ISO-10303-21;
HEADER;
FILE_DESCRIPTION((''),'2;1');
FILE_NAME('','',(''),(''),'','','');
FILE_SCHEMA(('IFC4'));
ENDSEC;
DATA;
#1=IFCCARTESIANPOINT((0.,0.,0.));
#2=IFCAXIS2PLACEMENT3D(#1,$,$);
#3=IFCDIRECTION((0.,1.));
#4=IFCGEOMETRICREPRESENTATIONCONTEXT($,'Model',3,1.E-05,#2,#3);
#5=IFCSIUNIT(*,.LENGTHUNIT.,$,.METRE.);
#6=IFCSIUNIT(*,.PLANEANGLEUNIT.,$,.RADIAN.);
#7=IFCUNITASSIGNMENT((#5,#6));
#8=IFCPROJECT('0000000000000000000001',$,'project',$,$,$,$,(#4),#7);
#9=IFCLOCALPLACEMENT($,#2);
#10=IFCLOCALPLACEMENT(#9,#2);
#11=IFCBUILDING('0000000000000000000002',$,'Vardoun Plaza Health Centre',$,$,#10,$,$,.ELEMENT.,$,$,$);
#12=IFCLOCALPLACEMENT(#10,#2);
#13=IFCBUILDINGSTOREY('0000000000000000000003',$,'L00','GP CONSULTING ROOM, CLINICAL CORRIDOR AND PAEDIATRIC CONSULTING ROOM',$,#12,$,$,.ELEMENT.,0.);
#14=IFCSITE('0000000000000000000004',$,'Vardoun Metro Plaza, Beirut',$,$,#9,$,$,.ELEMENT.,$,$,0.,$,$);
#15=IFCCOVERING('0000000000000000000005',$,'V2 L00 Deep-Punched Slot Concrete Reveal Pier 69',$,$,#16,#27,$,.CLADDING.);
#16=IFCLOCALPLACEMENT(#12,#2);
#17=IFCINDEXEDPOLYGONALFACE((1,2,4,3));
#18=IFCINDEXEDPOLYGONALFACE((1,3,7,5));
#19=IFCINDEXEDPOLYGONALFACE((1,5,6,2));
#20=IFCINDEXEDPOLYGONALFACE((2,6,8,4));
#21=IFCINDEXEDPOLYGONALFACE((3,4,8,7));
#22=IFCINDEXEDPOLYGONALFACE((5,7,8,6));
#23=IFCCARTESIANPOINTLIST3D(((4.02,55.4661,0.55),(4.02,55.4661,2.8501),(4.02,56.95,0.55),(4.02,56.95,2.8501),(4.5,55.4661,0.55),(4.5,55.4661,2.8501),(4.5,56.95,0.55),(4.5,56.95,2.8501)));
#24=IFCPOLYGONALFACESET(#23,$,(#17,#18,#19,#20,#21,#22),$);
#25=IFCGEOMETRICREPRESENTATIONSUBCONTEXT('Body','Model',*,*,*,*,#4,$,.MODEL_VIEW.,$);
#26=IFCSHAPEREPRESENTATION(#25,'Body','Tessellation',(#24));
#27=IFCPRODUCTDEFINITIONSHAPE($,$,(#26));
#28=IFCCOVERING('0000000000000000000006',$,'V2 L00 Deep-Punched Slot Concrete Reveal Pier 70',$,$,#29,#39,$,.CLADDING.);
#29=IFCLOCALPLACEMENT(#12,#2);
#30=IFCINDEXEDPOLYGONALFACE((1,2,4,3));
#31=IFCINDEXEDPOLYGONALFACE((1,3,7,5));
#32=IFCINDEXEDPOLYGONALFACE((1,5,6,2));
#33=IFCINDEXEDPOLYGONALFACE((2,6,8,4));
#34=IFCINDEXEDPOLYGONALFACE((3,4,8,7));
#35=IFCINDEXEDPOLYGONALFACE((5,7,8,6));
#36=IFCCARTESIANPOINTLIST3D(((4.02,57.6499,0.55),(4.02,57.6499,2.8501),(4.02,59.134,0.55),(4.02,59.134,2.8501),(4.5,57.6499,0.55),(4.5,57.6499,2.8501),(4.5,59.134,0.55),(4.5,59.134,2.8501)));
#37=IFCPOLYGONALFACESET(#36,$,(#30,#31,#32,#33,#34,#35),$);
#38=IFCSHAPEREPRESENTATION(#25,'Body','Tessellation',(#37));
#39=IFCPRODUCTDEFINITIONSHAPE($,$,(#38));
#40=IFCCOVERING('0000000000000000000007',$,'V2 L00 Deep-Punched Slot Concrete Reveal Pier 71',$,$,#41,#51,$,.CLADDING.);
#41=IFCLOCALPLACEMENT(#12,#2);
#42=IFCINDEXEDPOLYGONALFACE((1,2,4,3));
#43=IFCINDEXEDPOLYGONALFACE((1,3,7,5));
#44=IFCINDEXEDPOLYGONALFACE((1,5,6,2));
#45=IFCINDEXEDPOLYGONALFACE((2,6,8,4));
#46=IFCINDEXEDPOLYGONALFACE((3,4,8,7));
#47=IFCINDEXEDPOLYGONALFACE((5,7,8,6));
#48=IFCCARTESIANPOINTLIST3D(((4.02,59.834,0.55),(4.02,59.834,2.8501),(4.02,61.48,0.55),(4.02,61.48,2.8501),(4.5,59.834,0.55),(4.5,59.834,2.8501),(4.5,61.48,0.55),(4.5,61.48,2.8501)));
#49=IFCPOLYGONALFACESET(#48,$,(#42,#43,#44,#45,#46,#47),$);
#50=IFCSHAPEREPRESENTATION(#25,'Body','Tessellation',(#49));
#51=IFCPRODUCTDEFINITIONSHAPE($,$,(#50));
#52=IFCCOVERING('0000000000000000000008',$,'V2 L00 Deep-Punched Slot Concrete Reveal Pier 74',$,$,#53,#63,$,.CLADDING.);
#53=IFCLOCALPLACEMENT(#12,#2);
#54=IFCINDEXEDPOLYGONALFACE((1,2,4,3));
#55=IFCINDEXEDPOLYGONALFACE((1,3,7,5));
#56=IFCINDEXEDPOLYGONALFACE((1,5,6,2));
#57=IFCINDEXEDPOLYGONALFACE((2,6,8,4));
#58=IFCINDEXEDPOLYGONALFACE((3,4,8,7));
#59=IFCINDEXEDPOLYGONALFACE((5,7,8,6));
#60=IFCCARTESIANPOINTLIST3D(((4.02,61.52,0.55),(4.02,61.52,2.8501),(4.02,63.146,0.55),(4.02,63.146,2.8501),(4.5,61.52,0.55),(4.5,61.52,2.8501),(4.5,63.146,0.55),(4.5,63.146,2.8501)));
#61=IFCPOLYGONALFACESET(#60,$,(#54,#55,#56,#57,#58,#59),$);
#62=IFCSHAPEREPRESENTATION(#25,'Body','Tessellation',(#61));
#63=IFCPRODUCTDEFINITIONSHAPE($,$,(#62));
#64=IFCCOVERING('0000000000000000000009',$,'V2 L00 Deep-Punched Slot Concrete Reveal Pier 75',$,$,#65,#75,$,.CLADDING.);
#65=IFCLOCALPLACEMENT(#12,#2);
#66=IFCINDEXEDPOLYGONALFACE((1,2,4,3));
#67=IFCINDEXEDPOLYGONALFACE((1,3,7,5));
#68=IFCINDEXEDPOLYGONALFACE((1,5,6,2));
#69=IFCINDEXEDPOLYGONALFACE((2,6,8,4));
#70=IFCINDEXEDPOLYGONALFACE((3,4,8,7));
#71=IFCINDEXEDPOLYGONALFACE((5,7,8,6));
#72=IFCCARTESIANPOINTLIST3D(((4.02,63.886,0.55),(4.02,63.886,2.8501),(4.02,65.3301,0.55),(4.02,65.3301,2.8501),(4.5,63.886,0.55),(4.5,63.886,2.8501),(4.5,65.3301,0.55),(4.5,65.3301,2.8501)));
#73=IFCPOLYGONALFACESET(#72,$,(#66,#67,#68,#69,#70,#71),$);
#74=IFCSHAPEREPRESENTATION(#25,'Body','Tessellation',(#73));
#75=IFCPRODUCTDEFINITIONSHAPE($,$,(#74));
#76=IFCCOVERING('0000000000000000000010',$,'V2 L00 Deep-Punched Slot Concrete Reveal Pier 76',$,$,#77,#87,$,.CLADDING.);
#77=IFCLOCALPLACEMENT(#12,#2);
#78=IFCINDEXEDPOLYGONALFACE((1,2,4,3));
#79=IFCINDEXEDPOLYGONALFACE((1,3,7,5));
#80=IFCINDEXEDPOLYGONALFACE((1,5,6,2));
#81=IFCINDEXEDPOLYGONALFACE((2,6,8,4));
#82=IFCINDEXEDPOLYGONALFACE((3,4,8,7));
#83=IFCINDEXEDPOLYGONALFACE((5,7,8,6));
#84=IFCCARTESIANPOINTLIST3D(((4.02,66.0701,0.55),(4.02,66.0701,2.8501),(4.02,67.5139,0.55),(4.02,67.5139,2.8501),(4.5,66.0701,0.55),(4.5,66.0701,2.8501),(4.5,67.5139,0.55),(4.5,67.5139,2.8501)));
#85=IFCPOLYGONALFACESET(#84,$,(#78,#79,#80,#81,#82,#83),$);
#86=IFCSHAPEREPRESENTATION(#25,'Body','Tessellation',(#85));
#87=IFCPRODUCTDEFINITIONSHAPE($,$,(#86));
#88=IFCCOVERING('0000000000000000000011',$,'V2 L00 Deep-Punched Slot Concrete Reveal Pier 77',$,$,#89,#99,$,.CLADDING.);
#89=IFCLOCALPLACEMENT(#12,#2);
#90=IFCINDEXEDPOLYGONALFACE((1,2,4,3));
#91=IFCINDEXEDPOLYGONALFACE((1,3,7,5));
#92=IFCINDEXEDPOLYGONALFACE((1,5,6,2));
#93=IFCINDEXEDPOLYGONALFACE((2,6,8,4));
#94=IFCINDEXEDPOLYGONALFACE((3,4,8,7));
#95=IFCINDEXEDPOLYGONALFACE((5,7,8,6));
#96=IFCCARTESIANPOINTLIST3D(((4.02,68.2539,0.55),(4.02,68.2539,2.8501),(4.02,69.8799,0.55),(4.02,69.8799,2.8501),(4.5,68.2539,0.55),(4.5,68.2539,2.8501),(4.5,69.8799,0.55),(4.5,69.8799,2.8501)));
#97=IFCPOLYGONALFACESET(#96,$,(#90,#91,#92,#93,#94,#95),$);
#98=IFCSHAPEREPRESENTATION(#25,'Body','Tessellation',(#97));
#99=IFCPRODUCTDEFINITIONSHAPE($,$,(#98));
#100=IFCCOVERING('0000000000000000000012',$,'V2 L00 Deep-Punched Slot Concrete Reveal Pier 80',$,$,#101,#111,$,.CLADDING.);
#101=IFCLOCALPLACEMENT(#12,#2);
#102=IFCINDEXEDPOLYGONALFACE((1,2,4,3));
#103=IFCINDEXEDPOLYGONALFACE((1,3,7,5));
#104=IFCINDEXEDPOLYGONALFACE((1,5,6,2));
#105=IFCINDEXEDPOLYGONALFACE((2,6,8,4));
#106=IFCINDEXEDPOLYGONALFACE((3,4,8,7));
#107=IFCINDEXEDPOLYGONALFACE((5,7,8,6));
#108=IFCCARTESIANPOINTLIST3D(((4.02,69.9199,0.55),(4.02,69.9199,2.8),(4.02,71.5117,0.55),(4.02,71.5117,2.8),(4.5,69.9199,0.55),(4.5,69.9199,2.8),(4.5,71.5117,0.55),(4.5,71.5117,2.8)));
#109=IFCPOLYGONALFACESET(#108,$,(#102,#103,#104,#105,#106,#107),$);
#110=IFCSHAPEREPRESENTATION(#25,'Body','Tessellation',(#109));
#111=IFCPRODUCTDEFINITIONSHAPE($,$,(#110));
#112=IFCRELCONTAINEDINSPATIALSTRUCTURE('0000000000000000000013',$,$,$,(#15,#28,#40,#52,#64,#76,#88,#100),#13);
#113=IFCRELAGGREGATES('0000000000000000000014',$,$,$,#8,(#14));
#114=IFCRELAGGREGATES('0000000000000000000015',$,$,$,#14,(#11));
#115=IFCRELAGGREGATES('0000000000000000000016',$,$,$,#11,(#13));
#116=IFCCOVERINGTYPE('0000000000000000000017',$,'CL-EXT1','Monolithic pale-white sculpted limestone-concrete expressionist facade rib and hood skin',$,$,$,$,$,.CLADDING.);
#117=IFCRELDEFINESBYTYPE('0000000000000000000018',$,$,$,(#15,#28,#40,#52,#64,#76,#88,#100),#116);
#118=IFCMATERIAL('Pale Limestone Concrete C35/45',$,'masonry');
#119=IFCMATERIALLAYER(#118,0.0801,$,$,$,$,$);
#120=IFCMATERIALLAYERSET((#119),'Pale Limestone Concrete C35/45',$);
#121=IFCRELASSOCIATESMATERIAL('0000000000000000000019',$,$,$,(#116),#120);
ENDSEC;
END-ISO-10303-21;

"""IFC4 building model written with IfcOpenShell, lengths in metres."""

from ifc_helpers import new_model, si_unit, direction, frame, origin, place, context, subcontext, project, spatial, polyline, outline, extrude, material, layer, layer_set, type_object, element, save


model = new_model("IFC4")

# Units and contexts
model_context = context("Model", 3, precision=1e-05, world=origin(), true_north=direction((0.0, 1.0)))
body_context = subcontext(model_context, "Body", "Model", "MODEL_VIEW")
ifc_project = project(units=[si_unit("LENGTHUNIT", "METRE"), si_unit("PLANEANGLEUNIT", "RADIAN")], contexts=[model_context])

# Site, building, storey
site_placement = place(None, origin())
site = spatial("IfcSite", under=ifc_project, at=site_placement, Name="Vardoun Metro Plaza, Beirut", CompositionType="ELEMENT", RefElevation=0.0)
building_placement = place(site_placement, origin())
building = spatial("IfcBuilding", under=site, at=building_placement, Name="Vardoun Plaza Health Centre", CompositionType="ELEMENT")
storey_placement = place(building_placement, origin())
storey = spatial("IfcBuildingStorey", under=building, at=storey_placement, Name="L00", Description="GP CONSULTING ROOM, CLINICAL CORRIDOR AND PAEDIATRIC CONSULTING ROOM", CompositionType="ELEMENT", Elevation=0.0)

# Coverings
ifc_material = material(Name="Pale Limestone Concrete C35/45", Category="masonry")
ifc_layer = layer(ifc_material, 0.0801)
ifc_layer_set = layer_set([ifc_layer], Name="Pale Limestone Concrete C35/45")
covering_type = type_object("IfcCoveringType", Name="CL-EXT1", Description="Monolithic pale-white sculpted limestone-concrete expressionist facade rib and hood skin", PredefinedType="CLADDING", material=ifc_layer_set)
covering_1_placement = place(storey_placement, frame((0.0, 0.0, 0.55)))
element("IfcCovering", 1, at=covering_1_placement, inside=storey, type_object=covering_type, Name="V2 L00 Deep-Punched Slot Concrete Reveal Pier 69", PredefinedType="CLADDING", context=body_context, shape_type="SweptSolid", body=[
    extrude(outline(polyline([(4.5, 55.4661), (4.5, 56.95), (4.02, 56.95), (4.02, 55.4661), (4.5, 55.4661)])), origin(), (0.0, 0.0, 1.0), 2.3),
])
covering_2_placement = place(storey_placement, frame((0.0, 0.0, 0.55)))
element("IfcCovering", 2, at=covering_2_placement, inside=storey, type_object=covering_type, Name="V2 L00 Deep-Punched Slot Concrete Reveal Pier 70", PredefinedType="CLADDING", context=body_context, shape_type="SweptSolid", body=[
    extrude(outline(polyline([(4.5, 57.6499), (4.5, 59.134), (4.02, 59.134), (4.02, 57.6499), (4.5, 57.6499)])), origin(), (0.0, 0.0, 1.0), 2.3),
])
covering_3_placement = place(storey_placement, frame((0.0, 0.0, 0.55)))
element("IfcCovering", 3, at=covering_3_placement, inside=storey, type_object=covering_type, Name="V2 L00 Deep-Punched Slot Concrete Reveal Pier 71", PredefinedType="CLADDING", context=body_context, shape_type="SweptSolid", body=[
    extrude(outline(polyline([(4.5, 59.834), (4.5, 61.48), (4.02, 61.48), (4.02, 59.834), (4.5, 59.834)])), origin(), (0.0, 0.0, 1.0), 2.3),
])
covering_4_placement = place(storey_placement, frame((0.0, 0.0, 0.55)))
element("IfcCovering", 4, at=covering_4_placement, inside=storey, type_object=covering_type, Name="V2 L00 Deep-Punched Slot Concrete Reveal Pier 74", PredefinedType="CLADDING", context=body_context, shape_type="SweptSolid", body=[
    extrude(outline(polyline([(4.5, 61.52), (4.5, 63.146), (4.02, 63.146), (4.02, 61.52), (4.5, 61.52)])), origin(), (0.0, 0.0, 1.0), 2.3),
])
covering_5_placement = place(storey_placement, frame((0.0, 0.0, 0.55)))
element("IfcCovering", 5, at=covering_5_placement, inside=storey, type_object=covering_type, Name="V2 L00 Deep-Punched Slot Concrete Reveal Pier 75", PredefinedType="CLADDING", context=body_context, shape_type="SweptSolid", body=[
    extrude(outline(polyline([(4.5, 63.886), (4.5, 65.3301), (4.02, 65.3301), (4.02, 63.886), (4.5, 63.886)])), origin(), (0.0, 0.0, 1.0), 2.3),
])
covering_6_placement = place(storey_placement, frame((0.0, 0.0, 0.55)))
element("IfcCovering", 6, at=covering_6_placement, inside=storey, type_object=covering_type, Name="V2 L00 Deep-Punched Slot Concrete Reveal Pier 76", PredefinedType="CLADDING", context=body_context, shape_type="SweptSolid", body=[
    extrude(outline(polyline([(4.5, 66.0701), (4.5, 67.5139), (4.02, 67.5139), (4.02, 66.0701), (4.5, 66.0701)])), origin(), (0.0, 0.0, 1.0), 2.3),
])
covering_7_placement = place(storey_placement, frame((0.0, 0.0, 0.55)))
element("IfcCovering", 7, at=covering_7_placement, inside=storey, type_object=covering_type, Name="V2 L00 Deep-Punched Slot Concrete Reveal Pier 77", PredefinedType="CLADDING", context=body_context, shape_type="SweptSolid", body=[
    extrude(outline(polyline([(4.5, 68.2539), (4.5, 69.8799), (4.02, 69.8799), (4.02, 68.2539), (4.5, 68.2539)])), origin(), (0.0, 0.0, 1.0), 2.3),
])
covering_8_placement = place(storey_placement, frame((0.0, 0.0, 0.55)))
element("IfcCovering", 8, at=covering_8_placement, inside=storey, type_object=covering_type, Name="V2 L00 Deep-Punched Slot Concrete Reveal Pier 80", PredefinedType="CLADDING", context=body_context, shape_type="SweptSolid", body=[
    extrude(outline(polyline([(4.5, 69.9199), (4.5, 71.5117), (4.02, 71.5117), (4.02, 69.9199), (4.5, 69.9199)])), origin(), (0.0, 0.0, 1.0), 2.25),
])

save(model, "model.ifc")
